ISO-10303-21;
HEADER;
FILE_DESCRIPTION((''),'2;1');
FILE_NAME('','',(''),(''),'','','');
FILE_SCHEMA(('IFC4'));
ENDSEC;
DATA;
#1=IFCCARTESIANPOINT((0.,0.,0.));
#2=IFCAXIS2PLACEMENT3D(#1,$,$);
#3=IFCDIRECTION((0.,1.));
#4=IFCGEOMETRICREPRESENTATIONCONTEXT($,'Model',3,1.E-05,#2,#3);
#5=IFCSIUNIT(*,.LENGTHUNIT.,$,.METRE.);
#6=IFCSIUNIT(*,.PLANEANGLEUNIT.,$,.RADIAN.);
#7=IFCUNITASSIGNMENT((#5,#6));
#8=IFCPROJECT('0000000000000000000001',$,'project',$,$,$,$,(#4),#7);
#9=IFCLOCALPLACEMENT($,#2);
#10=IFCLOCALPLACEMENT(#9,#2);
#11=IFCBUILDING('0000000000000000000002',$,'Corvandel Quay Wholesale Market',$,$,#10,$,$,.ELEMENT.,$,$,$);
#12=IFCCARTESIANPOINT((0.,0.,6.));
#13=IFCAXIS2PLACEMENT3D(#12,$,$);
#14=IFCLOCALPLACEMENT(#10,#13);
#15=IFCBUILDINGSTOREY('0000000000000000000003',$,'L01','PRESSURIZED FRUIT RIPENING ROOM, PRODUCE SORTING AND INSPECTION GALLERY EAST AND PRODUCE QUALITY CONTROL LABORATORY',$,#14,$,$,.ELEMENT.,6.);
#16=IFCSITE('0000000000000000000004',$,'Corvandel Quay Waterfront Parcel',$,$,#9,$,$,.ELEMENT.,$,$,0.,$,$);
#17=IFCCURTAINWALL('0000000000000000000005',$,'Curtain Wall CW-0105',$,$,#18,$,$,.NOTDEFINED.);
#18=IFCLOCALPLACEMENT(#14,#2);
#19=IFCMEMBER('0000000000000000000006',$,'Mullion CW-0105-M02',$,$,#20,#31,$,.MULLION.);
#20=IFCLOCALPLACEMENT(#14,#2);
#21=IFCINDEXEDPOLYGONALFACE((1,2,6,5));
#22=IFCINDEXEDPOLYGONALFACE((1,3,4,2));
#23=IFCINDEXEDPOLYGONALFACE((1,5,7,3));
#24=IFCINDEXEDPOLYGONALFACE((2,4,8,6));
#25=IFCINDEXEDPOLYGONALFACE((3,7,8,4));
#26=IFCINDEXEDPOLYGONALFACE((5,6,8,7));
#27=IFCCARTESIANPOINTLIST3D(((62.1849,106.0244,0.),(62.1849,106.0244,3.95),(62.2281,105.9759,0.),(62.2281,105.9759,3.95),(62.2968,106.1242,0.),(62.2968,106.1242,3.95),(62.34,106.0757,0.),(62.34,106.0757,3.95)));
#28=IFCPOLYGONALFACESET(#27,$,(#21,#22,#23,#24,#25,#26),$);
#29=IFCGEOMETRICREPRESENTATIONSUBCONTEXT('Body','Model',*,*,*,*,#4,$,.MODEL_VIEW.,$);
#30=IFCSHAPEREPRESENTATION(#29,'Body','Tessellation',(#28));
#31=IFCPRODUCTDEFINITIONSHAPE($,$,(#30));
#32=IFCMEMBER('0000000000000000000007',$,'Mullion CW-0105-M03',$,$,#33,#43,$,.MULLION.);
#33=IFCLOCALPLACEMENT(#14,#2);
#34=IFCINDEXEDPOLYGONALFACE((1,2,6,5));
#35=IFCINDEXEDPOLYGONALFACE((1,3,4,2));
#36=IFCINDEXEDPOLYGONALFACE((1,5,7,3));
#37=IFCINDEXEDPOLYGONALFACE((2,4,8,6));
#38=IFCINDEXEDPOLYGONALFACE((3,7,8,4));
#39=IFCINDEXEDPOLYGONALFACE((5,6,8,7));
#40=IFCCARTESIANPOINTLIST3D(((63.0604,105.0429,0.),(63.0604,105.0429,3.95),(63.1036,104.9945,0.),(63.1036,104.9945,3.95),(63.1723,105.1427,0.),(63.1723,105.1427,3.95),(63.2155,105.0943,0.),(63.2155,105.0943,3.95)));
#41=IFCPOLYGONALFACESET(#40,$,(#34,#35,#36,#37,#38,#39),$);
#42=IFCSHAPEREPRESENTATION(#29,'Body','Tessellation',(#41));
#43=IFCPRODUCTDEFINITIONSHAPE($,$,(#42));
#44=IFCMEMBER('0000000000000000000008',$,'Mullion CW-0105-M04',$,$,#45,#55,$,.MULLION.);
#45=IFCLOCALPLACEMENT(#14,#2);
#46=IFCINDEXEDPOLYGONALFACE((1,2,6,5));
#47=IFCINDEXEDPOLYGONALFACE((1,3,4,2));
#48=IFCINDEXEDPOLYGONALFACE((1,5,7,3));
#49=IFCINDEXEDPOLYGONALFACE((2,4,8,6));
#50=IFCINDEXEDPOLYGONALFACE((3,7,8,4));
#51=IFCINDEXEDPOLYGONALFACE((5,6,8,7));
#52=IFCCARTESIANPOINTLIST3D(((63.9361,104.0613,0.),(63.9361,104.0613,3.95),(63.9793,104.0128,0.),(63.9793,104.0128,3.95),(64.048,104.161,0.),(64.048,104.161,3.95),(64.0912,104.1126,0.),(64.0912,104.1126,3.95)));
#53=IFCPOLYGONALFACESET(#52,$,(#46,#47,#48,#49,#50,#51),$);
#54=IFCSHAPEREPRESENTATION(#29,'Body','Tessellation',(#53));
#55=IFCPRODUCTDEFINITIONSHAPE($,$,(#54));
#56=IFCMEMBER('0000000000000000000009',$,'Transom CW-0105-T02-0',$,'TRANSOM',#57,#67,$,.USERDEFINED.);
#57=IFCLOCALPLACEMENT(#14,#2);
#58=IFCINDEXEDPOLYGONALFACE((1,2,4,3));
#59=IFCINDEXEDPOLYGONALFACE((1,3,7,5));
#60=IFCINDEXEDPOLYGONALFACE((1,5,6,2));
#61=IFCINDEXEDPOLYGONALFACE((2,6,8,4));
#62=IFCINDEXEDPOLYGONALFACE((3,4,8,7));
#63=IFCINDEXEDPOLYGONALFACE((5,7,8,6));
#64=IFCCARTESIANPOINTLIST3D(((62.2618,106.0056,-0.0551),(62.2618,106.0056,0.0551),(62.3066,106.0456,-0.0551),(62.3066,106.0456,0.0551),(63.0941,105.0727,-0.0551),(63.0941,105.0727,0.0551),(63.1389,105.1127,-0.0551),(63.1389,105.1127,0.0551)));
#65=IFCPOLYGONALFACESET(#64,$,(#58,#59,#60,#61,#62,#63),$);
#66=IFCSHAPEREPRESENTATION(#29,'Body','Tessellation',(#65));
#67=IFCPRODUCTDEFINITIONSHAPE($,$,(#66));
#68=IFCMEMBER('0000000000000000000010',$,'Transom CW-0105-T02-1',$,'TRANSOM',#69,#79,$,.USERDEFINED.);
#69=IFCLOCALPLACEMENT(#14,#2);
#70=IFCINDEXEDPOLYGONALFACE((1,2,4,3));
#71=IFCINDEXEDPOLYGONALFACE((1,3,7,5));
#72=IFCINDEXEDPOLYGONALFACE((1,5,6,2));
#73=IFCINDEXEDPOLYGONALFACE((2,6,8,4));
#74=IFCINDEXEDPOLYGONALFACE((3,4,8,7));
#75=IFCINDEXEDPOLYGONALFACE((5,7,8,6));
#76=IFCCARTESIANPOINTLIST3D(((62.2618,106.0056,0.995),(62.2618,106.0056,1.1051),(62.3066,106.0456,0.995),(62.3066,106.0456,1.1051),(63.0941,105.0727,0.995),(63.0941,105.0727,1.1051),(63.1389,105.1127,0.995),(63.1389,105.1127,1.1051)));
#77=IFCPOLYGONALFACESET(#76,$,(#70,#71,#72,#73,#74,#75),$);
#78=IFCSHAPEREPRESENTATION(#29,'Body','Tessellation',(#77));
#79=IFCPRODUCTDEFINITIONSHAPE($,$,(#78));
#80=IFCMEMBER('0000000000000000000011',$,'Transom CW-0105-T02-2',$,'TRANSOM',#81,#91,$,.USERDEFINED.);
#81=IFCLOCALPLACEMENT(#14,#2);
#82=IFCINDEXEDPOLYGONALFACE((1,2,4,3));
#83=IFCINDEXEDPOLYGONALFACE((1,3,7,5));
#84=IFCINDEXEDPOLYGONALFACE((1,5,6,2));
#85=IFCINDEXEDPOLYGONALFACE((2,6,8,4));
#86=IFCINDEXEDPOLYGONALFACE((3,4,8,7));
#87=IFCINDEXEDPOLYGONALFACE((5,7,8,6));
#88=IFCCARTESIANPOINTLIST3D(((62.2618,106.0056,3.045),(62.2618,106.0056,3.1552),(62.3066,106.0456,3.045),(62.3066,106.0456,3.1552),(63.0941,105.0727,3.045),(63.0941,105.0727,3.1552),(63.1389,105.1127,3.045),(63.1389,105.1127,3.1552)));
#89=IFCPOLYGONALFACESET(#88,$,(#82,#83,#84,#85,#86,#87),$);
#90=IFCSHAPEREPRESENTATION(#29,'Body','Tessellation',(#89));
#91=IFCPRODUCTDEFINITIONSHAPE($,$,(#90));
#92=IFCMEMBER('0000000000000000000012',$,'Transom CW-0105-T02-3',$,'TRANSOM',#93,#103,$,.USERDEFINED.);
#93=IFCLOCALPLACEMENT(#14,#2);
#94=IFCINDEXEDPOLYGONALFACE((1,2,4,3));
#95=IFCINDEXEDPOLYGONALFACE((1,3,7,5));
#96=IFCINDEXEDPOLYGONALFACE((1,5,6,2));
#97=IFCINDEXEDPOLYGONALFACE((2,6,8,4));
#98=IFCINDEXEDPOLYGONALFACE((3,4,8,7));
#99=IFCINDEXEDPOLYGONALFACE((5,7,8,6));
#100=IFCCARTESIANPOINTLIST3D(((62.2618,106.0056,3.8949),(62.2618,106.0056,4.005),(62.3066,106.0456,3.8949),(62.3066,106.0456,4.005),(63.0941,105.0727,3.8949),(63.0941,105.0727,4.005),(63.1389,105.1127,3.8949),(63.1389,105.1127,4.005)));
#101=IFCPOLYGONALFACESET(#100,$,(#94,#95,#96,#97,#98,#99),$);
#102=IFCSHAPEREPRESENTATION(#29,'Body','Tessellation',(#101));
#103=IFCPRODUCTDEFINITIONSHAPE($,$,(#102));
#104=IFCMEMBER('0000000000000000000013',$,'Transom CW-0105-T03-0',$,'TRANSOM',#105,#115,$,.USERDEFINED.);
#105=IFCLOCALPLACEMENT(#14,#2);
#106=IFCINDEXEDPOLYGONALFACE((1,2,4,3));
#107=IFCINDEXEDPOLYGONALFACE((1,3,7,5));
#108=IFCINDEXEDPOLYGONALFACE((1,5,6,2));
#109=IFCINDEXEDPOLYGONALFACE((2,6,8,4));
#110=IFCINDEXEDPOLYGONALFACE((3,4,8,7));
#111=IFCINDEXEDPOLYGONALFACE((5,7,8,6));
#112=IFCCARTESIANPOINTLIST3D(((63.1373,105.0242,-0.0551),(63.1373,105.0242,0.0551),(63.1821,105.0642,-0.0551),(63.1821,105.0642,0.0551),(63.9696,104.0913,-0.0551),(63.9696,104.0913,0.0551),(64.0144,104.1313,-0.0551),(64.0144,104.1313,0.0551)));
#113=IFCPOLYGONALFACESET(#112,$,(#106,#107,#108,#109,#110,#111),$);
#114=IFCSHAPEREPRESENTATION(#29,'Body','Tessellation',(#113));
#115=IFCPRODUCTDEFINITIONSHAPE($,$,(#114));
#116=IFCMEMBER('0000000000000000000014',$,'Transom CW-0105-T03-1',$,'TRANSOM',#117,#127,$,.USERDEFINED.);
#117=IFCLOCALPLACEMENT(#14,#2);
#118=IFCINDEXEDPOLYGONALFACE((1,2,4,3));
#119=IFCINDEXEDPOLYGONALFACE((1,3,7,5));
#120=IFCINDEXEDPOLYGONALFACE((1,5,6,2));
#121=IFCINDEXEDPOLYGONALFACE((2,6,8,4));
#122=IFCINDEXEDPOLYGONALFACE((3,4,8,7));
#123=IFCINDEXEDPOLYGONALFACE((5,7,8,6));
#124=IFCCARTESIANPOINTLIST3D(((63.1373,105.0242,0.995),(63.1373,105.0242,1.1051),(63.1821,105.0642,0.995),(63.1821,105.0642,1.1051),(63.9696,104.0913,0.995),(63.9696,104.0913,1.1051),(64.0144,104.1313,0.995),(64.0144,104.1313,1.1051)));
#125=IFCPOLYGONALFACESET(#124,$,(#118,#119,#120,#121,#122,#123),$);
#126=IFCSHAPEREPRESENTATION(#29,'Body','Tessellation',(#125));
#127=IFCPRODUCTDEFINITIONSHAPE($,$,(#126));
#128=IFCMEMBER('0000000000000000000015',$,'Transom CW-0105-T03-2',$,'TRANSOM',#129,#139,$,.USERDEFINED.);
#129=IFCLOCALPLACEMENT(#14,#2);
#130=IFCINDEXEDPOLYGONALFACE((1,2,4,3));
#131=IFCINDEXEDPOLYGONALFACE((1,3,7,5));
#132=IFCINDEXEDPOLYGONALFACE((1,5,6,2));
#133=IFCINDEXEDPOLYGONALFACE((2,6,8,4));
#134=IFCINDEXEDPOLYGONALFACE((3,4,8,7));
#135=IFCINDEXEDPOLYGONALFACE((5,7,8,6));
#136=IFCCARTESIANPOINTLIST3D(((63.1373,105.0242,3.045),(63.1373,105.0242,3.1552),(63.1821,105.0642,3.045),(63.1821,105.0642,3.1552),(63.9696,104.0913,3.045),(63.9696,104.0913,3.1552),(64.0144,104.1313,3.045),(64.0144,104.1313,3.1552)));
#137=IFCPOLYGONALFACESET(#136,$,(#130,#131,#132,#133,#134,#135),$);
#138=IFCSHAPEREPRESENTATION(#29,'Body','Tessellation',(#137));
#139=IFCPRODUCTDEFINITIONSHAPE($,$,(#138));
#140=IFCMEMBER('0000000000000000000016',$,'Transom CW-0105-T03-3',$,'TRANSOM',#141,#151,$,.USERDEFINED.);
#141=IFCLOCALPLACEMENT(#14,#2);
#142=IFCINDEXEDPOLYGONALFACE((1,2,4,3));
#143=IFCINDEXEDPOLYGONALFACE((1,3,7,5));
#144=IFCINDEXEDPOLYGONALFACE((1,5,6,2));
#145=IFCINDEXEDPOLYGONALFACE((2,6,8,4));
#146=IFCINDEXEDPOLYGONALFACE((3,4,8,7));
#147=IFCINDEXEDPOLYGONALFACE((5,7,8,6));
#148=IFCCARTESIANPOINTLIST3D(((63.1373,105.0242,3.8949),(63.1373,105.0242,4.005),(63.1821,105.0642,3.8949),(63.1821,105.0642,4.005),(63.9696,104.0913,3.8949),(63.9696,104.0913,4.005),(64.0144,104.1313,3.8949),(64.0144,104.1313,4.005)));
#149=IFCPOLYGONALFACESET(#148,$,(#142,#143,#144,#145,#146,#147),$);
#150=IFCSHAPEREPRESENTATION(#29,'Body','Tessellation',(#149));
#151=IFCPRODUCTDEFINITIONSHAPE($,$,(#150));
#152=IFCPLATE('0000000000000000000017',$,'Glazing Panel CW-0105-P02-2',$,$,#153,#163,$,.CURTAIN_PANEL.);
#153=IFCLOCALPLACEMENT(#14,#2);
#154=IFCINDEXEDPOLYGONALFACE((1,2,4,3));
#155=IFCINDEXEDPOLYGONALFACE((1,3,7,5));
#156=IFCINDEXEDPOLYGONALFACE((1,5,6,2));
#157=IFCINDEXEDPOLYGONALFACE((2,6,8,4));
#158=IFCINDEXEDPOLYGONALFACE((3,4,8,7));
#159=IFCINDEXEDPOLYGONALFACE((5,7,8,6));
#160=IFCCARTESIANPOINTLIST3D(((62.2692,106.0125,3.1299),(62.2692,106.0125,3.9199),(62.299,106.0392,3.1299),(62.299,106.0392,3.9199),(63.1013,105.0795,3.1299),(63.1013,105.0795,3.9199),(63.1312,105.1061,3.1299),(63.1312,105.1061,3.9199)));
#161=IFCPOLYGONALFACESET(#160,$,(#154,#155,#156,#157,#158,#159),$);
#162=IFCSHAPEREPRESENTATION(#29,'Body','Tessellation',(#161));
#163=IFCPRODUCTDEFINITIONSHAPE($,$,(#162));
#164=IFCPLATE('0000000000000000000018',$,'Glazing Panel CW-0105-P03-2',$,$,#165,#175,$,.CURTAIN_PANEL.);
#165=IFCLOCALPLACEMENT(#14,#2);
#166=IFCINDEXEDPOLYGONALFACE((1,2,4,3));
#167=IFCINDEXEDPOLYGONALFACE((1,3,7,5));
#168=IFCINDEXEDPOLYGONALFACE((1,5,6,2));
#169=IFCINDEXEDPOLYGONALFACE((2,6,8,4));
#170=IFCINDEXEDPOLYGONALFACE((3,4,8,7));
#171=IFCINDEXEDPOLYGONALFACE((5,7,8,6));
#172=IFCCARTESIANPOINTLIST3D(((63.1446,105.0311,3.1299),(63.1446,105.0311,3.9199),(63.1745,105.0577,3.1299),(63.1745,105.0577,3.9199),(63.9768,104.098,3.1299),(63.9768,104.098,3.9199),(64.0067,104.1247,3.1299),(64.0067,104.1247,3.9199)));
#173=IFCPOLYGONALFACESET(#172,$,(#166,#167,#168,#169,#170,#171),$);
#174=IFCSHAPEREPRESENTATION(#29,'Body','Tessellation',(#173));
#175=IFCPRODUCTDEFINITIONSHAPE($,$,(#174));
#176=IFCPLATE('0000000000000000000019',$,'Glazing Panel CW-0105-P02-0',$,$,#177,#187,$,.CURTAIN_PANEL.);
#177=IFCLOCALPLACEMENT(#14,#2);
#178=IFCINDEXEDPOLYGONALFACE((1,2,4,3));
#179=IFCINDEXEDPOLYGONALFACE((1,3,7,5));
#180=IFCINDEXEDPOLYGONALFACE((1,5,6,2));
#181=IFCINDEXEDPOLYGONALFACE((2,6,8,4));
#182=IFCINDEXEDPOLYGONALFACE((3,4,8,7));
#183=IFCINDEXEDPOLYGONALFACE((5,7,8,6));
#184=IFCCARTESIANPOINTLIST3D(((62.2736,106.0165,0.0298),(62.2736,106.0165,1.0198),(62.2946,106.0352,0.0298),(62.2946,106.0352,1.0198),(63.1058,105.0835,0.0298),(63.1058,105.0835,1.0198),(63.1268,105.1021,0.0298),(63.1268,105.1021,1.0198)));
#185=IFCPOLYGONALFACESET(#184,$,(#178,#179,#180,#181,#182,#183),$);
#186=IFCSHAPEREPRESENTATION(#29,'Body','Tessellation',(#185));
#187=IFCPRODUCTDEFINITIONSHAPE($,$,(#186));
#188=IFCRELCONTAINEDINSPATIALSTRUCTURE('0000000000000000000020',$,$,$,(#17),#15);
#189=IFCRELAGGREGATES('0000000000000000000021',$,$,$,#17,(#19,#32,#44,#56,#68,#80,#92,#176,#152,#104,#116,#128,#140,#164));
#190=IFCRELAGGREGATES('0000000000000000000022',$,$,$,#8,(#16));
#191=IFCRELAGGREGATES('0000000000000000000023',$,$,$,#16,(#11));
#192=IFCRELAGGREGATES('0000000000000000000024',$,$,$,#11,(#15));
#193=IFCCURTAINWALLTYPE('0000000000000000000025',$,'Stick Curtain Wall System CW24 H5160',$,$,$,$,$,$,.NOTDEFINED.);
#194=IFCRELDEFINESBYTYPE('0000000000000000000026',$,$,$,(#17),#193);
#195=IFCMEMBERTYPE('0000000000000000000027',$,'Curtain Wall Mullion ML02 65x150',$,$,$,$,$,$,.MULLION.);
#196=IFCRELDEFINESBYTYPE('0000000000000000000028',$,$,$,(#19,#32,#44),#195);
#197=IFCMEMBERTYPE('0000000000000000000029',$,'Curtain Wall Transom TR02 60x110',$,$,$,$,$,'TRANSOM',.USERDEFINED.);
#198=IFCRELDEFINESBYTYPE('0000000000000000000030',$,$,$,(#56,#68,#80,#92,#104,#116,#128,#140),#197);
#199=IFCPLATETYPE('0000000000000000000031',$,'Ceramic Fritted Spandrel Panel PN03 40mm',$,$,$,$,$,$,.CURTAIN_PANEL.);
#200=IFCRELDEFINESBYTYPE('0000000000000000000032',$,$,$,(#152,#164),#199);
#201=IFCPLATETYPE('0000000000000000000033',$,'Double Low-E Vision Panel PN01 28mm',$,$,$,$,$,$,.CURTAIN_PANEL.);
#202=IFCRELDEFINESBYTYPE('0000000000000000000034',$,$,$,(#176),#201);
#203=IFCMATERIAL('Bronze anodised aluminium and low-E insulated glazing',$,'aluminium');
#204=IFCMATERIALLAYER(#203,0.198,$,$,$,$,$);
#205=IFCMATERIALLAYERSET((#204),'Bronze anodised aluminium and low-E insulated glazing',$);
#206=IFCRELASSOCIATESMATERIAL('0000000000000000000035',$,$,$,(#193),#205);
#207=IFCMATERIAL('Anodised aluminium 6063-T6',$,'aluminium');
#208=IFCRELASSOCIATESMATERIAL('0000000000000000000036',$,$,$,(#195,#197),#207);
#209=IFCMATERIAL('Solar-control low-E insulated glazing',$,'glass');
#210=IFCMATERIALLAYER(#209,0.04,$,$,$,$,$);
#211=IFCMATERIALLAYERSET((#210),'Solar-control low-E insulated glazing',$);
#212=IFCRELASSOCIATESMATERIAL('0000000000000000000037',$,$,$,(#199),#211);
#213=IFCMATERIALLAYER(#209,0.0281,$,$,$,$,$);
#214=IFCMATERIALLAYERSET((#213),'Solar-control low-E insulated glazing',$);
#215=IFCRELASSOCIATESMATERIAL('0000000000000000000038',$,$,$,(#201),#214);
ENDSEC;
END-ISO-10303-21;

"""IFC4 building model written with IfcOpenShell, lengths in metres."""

from ifc_helpers import new_model, si_unit, direction, frame, origin, origin_2d, place, context, subcontext, project, spatial, rectangle, extrude, material, layer, layer_set, material_profile, profile_set, type_object, element, aggregate, save


model = new_model("IFC4")

# Units and contexts
model_context = context("Model", 3, precision=1e-05, world=origin(), true_north=direction((0.0, 1.0)))
body_context = subcontext(model_context, "Body", "Model", "MODEL_VIEW")
ifc_project = project(units=[si_unit("LENGTHUNIT", "METRE"), si_unit("PLANEANGLEUNIT", "RADIAN")], contexts=[model_context])

# Site, building, storey
site_placement = place(None, origin())
site = spatial("IfcSite", under=ifc_project, at=site_placement, Name="Corvandel Quay Waterfront Parcel", CompositionType="ELEMENT", RefElevation=0.0)
building_placement = place(site_placement, origin())
building = spatial("IfcBuilding", under=site, at=building_placement, Name="Corvandel Quay Wholesale Market", CompositionType="ELEMENT")
storey_placement = place(building_placement, frame((0.0, 0.0, 6.0)))
storey = spatial("IfcBuildingStorey", under=building, at=storey_placement, Name="L01", Description="PRESSURIZED FRUIT RIPENING ROOM, PRODUCE SORTING AND INSPECTION GALLERY EAST AND PRODUCE QUALITY CONTROL LABORATORY", CompositionType="ELEMENT", Elevation=6.0)

# Curtain wall, members, plates
ifc_material_1 = material(Name="Bronze anodised aluminium and low-E insulated glazing", Category="aluminium")
ifc_layer_1 = layer(ifc_material_1, 0.198)
ifc_layer_set_1 = layer_set([ifc_layer_1], Name="Bronze anodised aluminium and low-E insulated glazing")
curtain_wall_type = type_object("IfcCurtainWallType", Name="Stick Curtain Wall System CW24 H5160", PredefinedType="NOTDEFINED", material=ifc_layer_set_1)
curtain_wall_placement = place(storey_placement, origin())
curtain_wall = element("IfcCurtainWall", 1, at=curtain_wall_placement, inside=storey, type_object=curtain_wall_type, Name="Curtain Wall CW-0105", PredefinedType="NOTDEFINED")
ifc_material_2 = material(Name="Anodised aluminium 6063-T6", Category="aluminium")
ifc_material_profile_1 = material_profile(ifc_material_2, rectangle(XDim=0.0649, YDim=0.1499, at=origin_2d()), Name="ALU-MUL-65x150")
ifc_profile_set_1 = profile_set([ifc_material_profile_1], Name="Anodised aluminium 6063-T6")
member_type_1 = type_object("IfcMemberType", Name="Curtain Wall Mullion ML02 65x150", PredefinedType="MULLION", material=ifc_profile_set_1)
member_1_placement = place(storey_placement, frame((62.2625, 106.05, 0.0), z_axis=(0.0, 0.0, 1.0), x_axis=(-0.665621, 0.74629, 0.0)))
member_1 = element("IfcMember", 2, at=member_1_placement, type_object=member_type_1, Name="Mullion CW-0105-M02", PredefinedType="MULLION", context=body_context, shape_type="SweptSolid", body=[
    extrude(rectangle(XDim=0.0649, YDim=0.1499, at=origin_2d()), origin(), (0.0, 0.0, 1.0), 3.95),
])
member_2_placement = place(storey_placement, frame((63.1379, 105.0686, 0.0), z_axis=(0.0, 0.0, 1.0), x_axis=(-0.665621, 0.74629, 0.0)))
member_2 = element("IfcMember", 3, at=member_2_placement, type_object=member_type_1, Name="Mullion CW-0105-M03", PredefinedType="MULLION", context=body_context, shape_type="SweptSolid", body=[
    extrude(rectangle(XDim=0.0649, YDim=0.1499, at=origin_2d()), origin(), (0.0, 0.0, 1.0), 3.95),
])
member_3_placement = place(storey_placement, frame((64.0137, 104.0869, 0.0), z_axis=(0.0, 0.0, 1.0), x_axis=(-0.665621, 0.74629, 0.0)))
member_3 = element("IfcMember", 4, at=member_3_placement, type_object=member_type_1, Name="Mullion CW-0105-M04", PredefinedType="MULLION", context=body_context, shape_type="SweptSolid", body=[
    extrude(rectangle(XDim=0.0649, YDim=0.1499, at=origin_2d()), origin(), (0.0, 0.0, 1.0), 3.95),
])
ifc_material_profile_2 = material_profile(ifc_material_2, rectangle(XDim=0.0601, YDim=0.1101, at=origin_2d()), Name="ALU-TRN-60x110")
ifc_profile_set_2 = profile_set([ifc_material_profile_2], Name="Anodised aluminium 6063-T6")
member_type_2 = type_object("IfcMemberType", Name="Curtain Wall Transom TR02 60x110", ElementType="TRANSOM", PredefinedType="USERDEFINED", material=ifc_profile_set_2)
member_4_placement = place(storey_placement, frame((62.2842, 106.0256, 0.0), z_axis=(0.665732, -0.746191, 0.0), x_axis=(0.746191, 0.665732, 0.0)))
member_4 = element("IfcMember", 5, at=member_4_placement, type_object=member_type_2, Name="Transom CW-0105-T02-0", ObjectType="TRANSOM", PredefinedType="USERDEFINED", context=body_context, shape_type="SweptSolid", body=[
    extrude(rectangle(XDim=0.0601, YDim=0.1101, at=origin_2d()), origin(), (0.0, 0.0, 1.0), 1.2502),
])
member_5_placement = place(storey_placement, frame((62.2842, 106.0256, 1.05), z_axis=(0.665732, -0.746191, 0.0), x_axis=(0.746191, 0.665732, 0.0)))
member_5 = element("IfcMember", 6, at=member_5_placement, type_object=member_type_2, Name="Transom CW-0105-T02-1", ObjectType="TRANSOM", PredefinedType="USERDEFINED", context=body_context, shape_type="SweptSolid", body=[
    extrude(rectangle(XDim=0.0601, YDim=0.1101, at=origin_2d()), origin(), (0.0, 0.0, 1.0), 1.2502),
])
member_6_placement = place(storey_placement, frame((62.2842, 106.0256, 3.1001), z_axis=(0.665732, -0.746191, 0.0), x_axis=(0.746191, 0.665732, 0.0)))
member_6 = element("IfcMember", 7, at=member_6_placement, type_object=member_type_2, Name="Transom CW-0105-T02-2", ObjectType="TRANSOM", PredefinedType="USERDEFINED", context=body_context, shape_type="SweptSolid", body=[
    extrude(rectangle(XDim=0.0601, YDim=0.1101, at=origin_2d()), origin(), (0.0, 0.0, 1.0), 1.2502),
])
member_7_placement = place(storey_placement, frame((62.2842, 106.0256, 3.95), z_axis=(0.665732, -0.746191, 0.0), x_axis=(0.746191, 0.665732, 0.0)))
member_7 = element("IfcMember", 8, at=member_7_placement, type_object=member_type_2, Name="Transom CW-0105-T02-3", ObjectType="TRANSOM", PredefinedType="USERDEFINED", context=body_context, shape_type="SweptSolid", body=[
    extrude(rectangle(XDim=0.0601, YDim=0.1101, at=origin_2d()), origin(), (0.0, 0.0, 1.0), 1.2502),
])
member_8_placement = place(storey_placement, frame((63.1597, 105.0442, 0.0), z_axis=(0.665732, -0.746191, 0.0), x_axis=(0.746191, 0.665732, 0.0)))
member_8 = element("IfcMember", 9, at=member_8_placement, type_object=member_type_2, Name="Transom CW-0105-T03-0", ObjectType="TRANSOM", PredefinedType="USERDEFINED", context=body_context, shape_type="SweptSolid", body=[
    extrude(rectangle(XDim=0.0601, YDim=0.1101, at=origin_2d()), origin(), (0.0, 0.0, 1.0), 1.2502),
])
member_9_placement = place(storey_placement, frame((63.1597, 105.0442, 1.05), z_axis=(0.665732, -0.746191, 0.0), x_axis=(0.746191, 0.665732, 0.0)))
member_9 = element("IfcMember", 10, at=member_9_placement, type_object=member_type_2, Name="Transom CW-0105-T03-1", ObjectType="TRANSOM", PredefinedType="USERDEFINED", context=body_context, shape_type="SweptSolid", body=[
    extrude(rectangle(XDim=0.0601, YDim=0.1101, at=origin_2d()), origin(), (0.0, 0.0, 1.0), 1.2502),
])
member_10_placement = place(storey_placement, frame((63.1597, 105.0442, 3.1001), z_axis=(0.665732, -0.746191, 0.0), x_axis=(0.746191, 0.665732, 0.0)))
member_10 = element("IfcMember", 11, at=member_10_placement, type_object=member_type_2, Name="Transom CW-0105-T03-2", ObjectType="TRANSOM", PredefinedType="USERDEFINED", context=body_context, shape_type="SweptSolid", body=[
    extrude(rectangle(XDim=0.0601, YDim=0.1101, at=origin_2d()), origin(), (0.0, 0.0, 1.0), 1.2502),
])
member_11_placement = place(storey_placement, frame((63.1597, 105.0442, 3.95), z_axis=(0.665732, -0.746191, 0.0), x_axis=(0.746191, 0.665732, 0.0)))
member_11 = element("IfcMember", 12, at=member_11_placement, type_object=member_type_2, Name="Transom CW-0105-T03-3", ObjectType="TRANSOM", PredefinedType="USERDEFINED", context=body_context, shape_type="SweptSolid", body=[
    extrude(rectangle(XDim=0.0601, YDim=0.1101, at=origin_2d()), origin(), (0.0, 0.0, 1.0), 1.2502),
])
ifc_material_3 = material(Name="Solar-control low-E insulated glazing", Category="glass")
ifc_layer_2 = layer(ifc_material_3, 0.04)
ifc_layer_set_2 = layer_set([ifc_layer_2], Name="Solar-control low-E insulated glazing")
plate_type_1 = type_object("IfcPlateType", Name="Ceramic Fritted Spandrel Panel PN03 40mm", PredefinedType="CURTAIN_PANEL", material=ifc_layer_set_2)
plate_1_placement = place(storey_placement, frame((62.7002, 105.5593, 3.1299), z_axis=(0.0, 0.0, 1.0), x_axis=(-0.665621, 0.74629, 0.0)))
plate_1 = element("IfcPlate", 13, at=plate_1_placement, type_object=plate_type_1, Name="Glazing Panel CW-0105-P02-2", PredefinedType="CURTAIN_PANEL", context=body_context, shape_type="SweptSolid", body=[
    extrude(rectangle(XDim=1.2502, YDim=0.04, at=origin_2d()), origin(), (0.0, 0.0, 1.0), 0.79),
])
plate_2_placement = place(storey_placement, frame((63.5757, 104.5779, 3.1299), z_axis=(0.0, 0.0, 1.0), x_axis=(-0.665621, 0.74629, 0.0)))
plate_2 = element("IfcPlate", 14, at=plate_2_placement, type_object=plate_type_1, Name="Glazing Panel CW-0105-P03-2", PredefinedType="CURTAIN_PANEL", context=body_context, shape_type="SweptSolid", body=[
    extrude(rectangle(XDim=1.2502, YDim=0.04, at=origin_2d()), origin(), (0.0, 0.0, 1.0), 0.79),
])
ifc_layer_3 = layer(ifc_material_3, 0.0281)
ifc_layer_set_3 = layer_set([ifc_layer_3], Name="Solar-control low-E insulated glazing")
plate_type_2 = type_object("IfcPlateType", Name="Double Low-E Vision Panel PN01 28mm", PredefinedType="CURTAIN_PANEL", material=ifc_layer_set_3)
plate_3_placement = place(storey_placement, frame((62.7002, 105.5593, 0.0298), z_axis=(0.0, 0.0, 1.0), x_axis=(-0.665621, 0.74629, 0.0)))
plate_3 = element("IfcPlate", 15, at=plate_3_placement, type_object=plate_type_2, Name="Glazing Panel CW-0105-P02-0", PredefinedType="CURTAIN_PANEL", context=body_context, shape_type="SweptSolid", body=[
    extrude(rectangle(XDim=1.2502, YDim=0.0281, at=origin_2d()), origin(), (0.0, 0.0, 1.0), 0.99),
])
aggregate(curtain_wall, [member_1, member_2, member_3, member_4, member_5, member_6, member_7, plate_3, plate_1, member_8, member_9, member_10, member_11, plate_2])

save(model, "model.ifc")
